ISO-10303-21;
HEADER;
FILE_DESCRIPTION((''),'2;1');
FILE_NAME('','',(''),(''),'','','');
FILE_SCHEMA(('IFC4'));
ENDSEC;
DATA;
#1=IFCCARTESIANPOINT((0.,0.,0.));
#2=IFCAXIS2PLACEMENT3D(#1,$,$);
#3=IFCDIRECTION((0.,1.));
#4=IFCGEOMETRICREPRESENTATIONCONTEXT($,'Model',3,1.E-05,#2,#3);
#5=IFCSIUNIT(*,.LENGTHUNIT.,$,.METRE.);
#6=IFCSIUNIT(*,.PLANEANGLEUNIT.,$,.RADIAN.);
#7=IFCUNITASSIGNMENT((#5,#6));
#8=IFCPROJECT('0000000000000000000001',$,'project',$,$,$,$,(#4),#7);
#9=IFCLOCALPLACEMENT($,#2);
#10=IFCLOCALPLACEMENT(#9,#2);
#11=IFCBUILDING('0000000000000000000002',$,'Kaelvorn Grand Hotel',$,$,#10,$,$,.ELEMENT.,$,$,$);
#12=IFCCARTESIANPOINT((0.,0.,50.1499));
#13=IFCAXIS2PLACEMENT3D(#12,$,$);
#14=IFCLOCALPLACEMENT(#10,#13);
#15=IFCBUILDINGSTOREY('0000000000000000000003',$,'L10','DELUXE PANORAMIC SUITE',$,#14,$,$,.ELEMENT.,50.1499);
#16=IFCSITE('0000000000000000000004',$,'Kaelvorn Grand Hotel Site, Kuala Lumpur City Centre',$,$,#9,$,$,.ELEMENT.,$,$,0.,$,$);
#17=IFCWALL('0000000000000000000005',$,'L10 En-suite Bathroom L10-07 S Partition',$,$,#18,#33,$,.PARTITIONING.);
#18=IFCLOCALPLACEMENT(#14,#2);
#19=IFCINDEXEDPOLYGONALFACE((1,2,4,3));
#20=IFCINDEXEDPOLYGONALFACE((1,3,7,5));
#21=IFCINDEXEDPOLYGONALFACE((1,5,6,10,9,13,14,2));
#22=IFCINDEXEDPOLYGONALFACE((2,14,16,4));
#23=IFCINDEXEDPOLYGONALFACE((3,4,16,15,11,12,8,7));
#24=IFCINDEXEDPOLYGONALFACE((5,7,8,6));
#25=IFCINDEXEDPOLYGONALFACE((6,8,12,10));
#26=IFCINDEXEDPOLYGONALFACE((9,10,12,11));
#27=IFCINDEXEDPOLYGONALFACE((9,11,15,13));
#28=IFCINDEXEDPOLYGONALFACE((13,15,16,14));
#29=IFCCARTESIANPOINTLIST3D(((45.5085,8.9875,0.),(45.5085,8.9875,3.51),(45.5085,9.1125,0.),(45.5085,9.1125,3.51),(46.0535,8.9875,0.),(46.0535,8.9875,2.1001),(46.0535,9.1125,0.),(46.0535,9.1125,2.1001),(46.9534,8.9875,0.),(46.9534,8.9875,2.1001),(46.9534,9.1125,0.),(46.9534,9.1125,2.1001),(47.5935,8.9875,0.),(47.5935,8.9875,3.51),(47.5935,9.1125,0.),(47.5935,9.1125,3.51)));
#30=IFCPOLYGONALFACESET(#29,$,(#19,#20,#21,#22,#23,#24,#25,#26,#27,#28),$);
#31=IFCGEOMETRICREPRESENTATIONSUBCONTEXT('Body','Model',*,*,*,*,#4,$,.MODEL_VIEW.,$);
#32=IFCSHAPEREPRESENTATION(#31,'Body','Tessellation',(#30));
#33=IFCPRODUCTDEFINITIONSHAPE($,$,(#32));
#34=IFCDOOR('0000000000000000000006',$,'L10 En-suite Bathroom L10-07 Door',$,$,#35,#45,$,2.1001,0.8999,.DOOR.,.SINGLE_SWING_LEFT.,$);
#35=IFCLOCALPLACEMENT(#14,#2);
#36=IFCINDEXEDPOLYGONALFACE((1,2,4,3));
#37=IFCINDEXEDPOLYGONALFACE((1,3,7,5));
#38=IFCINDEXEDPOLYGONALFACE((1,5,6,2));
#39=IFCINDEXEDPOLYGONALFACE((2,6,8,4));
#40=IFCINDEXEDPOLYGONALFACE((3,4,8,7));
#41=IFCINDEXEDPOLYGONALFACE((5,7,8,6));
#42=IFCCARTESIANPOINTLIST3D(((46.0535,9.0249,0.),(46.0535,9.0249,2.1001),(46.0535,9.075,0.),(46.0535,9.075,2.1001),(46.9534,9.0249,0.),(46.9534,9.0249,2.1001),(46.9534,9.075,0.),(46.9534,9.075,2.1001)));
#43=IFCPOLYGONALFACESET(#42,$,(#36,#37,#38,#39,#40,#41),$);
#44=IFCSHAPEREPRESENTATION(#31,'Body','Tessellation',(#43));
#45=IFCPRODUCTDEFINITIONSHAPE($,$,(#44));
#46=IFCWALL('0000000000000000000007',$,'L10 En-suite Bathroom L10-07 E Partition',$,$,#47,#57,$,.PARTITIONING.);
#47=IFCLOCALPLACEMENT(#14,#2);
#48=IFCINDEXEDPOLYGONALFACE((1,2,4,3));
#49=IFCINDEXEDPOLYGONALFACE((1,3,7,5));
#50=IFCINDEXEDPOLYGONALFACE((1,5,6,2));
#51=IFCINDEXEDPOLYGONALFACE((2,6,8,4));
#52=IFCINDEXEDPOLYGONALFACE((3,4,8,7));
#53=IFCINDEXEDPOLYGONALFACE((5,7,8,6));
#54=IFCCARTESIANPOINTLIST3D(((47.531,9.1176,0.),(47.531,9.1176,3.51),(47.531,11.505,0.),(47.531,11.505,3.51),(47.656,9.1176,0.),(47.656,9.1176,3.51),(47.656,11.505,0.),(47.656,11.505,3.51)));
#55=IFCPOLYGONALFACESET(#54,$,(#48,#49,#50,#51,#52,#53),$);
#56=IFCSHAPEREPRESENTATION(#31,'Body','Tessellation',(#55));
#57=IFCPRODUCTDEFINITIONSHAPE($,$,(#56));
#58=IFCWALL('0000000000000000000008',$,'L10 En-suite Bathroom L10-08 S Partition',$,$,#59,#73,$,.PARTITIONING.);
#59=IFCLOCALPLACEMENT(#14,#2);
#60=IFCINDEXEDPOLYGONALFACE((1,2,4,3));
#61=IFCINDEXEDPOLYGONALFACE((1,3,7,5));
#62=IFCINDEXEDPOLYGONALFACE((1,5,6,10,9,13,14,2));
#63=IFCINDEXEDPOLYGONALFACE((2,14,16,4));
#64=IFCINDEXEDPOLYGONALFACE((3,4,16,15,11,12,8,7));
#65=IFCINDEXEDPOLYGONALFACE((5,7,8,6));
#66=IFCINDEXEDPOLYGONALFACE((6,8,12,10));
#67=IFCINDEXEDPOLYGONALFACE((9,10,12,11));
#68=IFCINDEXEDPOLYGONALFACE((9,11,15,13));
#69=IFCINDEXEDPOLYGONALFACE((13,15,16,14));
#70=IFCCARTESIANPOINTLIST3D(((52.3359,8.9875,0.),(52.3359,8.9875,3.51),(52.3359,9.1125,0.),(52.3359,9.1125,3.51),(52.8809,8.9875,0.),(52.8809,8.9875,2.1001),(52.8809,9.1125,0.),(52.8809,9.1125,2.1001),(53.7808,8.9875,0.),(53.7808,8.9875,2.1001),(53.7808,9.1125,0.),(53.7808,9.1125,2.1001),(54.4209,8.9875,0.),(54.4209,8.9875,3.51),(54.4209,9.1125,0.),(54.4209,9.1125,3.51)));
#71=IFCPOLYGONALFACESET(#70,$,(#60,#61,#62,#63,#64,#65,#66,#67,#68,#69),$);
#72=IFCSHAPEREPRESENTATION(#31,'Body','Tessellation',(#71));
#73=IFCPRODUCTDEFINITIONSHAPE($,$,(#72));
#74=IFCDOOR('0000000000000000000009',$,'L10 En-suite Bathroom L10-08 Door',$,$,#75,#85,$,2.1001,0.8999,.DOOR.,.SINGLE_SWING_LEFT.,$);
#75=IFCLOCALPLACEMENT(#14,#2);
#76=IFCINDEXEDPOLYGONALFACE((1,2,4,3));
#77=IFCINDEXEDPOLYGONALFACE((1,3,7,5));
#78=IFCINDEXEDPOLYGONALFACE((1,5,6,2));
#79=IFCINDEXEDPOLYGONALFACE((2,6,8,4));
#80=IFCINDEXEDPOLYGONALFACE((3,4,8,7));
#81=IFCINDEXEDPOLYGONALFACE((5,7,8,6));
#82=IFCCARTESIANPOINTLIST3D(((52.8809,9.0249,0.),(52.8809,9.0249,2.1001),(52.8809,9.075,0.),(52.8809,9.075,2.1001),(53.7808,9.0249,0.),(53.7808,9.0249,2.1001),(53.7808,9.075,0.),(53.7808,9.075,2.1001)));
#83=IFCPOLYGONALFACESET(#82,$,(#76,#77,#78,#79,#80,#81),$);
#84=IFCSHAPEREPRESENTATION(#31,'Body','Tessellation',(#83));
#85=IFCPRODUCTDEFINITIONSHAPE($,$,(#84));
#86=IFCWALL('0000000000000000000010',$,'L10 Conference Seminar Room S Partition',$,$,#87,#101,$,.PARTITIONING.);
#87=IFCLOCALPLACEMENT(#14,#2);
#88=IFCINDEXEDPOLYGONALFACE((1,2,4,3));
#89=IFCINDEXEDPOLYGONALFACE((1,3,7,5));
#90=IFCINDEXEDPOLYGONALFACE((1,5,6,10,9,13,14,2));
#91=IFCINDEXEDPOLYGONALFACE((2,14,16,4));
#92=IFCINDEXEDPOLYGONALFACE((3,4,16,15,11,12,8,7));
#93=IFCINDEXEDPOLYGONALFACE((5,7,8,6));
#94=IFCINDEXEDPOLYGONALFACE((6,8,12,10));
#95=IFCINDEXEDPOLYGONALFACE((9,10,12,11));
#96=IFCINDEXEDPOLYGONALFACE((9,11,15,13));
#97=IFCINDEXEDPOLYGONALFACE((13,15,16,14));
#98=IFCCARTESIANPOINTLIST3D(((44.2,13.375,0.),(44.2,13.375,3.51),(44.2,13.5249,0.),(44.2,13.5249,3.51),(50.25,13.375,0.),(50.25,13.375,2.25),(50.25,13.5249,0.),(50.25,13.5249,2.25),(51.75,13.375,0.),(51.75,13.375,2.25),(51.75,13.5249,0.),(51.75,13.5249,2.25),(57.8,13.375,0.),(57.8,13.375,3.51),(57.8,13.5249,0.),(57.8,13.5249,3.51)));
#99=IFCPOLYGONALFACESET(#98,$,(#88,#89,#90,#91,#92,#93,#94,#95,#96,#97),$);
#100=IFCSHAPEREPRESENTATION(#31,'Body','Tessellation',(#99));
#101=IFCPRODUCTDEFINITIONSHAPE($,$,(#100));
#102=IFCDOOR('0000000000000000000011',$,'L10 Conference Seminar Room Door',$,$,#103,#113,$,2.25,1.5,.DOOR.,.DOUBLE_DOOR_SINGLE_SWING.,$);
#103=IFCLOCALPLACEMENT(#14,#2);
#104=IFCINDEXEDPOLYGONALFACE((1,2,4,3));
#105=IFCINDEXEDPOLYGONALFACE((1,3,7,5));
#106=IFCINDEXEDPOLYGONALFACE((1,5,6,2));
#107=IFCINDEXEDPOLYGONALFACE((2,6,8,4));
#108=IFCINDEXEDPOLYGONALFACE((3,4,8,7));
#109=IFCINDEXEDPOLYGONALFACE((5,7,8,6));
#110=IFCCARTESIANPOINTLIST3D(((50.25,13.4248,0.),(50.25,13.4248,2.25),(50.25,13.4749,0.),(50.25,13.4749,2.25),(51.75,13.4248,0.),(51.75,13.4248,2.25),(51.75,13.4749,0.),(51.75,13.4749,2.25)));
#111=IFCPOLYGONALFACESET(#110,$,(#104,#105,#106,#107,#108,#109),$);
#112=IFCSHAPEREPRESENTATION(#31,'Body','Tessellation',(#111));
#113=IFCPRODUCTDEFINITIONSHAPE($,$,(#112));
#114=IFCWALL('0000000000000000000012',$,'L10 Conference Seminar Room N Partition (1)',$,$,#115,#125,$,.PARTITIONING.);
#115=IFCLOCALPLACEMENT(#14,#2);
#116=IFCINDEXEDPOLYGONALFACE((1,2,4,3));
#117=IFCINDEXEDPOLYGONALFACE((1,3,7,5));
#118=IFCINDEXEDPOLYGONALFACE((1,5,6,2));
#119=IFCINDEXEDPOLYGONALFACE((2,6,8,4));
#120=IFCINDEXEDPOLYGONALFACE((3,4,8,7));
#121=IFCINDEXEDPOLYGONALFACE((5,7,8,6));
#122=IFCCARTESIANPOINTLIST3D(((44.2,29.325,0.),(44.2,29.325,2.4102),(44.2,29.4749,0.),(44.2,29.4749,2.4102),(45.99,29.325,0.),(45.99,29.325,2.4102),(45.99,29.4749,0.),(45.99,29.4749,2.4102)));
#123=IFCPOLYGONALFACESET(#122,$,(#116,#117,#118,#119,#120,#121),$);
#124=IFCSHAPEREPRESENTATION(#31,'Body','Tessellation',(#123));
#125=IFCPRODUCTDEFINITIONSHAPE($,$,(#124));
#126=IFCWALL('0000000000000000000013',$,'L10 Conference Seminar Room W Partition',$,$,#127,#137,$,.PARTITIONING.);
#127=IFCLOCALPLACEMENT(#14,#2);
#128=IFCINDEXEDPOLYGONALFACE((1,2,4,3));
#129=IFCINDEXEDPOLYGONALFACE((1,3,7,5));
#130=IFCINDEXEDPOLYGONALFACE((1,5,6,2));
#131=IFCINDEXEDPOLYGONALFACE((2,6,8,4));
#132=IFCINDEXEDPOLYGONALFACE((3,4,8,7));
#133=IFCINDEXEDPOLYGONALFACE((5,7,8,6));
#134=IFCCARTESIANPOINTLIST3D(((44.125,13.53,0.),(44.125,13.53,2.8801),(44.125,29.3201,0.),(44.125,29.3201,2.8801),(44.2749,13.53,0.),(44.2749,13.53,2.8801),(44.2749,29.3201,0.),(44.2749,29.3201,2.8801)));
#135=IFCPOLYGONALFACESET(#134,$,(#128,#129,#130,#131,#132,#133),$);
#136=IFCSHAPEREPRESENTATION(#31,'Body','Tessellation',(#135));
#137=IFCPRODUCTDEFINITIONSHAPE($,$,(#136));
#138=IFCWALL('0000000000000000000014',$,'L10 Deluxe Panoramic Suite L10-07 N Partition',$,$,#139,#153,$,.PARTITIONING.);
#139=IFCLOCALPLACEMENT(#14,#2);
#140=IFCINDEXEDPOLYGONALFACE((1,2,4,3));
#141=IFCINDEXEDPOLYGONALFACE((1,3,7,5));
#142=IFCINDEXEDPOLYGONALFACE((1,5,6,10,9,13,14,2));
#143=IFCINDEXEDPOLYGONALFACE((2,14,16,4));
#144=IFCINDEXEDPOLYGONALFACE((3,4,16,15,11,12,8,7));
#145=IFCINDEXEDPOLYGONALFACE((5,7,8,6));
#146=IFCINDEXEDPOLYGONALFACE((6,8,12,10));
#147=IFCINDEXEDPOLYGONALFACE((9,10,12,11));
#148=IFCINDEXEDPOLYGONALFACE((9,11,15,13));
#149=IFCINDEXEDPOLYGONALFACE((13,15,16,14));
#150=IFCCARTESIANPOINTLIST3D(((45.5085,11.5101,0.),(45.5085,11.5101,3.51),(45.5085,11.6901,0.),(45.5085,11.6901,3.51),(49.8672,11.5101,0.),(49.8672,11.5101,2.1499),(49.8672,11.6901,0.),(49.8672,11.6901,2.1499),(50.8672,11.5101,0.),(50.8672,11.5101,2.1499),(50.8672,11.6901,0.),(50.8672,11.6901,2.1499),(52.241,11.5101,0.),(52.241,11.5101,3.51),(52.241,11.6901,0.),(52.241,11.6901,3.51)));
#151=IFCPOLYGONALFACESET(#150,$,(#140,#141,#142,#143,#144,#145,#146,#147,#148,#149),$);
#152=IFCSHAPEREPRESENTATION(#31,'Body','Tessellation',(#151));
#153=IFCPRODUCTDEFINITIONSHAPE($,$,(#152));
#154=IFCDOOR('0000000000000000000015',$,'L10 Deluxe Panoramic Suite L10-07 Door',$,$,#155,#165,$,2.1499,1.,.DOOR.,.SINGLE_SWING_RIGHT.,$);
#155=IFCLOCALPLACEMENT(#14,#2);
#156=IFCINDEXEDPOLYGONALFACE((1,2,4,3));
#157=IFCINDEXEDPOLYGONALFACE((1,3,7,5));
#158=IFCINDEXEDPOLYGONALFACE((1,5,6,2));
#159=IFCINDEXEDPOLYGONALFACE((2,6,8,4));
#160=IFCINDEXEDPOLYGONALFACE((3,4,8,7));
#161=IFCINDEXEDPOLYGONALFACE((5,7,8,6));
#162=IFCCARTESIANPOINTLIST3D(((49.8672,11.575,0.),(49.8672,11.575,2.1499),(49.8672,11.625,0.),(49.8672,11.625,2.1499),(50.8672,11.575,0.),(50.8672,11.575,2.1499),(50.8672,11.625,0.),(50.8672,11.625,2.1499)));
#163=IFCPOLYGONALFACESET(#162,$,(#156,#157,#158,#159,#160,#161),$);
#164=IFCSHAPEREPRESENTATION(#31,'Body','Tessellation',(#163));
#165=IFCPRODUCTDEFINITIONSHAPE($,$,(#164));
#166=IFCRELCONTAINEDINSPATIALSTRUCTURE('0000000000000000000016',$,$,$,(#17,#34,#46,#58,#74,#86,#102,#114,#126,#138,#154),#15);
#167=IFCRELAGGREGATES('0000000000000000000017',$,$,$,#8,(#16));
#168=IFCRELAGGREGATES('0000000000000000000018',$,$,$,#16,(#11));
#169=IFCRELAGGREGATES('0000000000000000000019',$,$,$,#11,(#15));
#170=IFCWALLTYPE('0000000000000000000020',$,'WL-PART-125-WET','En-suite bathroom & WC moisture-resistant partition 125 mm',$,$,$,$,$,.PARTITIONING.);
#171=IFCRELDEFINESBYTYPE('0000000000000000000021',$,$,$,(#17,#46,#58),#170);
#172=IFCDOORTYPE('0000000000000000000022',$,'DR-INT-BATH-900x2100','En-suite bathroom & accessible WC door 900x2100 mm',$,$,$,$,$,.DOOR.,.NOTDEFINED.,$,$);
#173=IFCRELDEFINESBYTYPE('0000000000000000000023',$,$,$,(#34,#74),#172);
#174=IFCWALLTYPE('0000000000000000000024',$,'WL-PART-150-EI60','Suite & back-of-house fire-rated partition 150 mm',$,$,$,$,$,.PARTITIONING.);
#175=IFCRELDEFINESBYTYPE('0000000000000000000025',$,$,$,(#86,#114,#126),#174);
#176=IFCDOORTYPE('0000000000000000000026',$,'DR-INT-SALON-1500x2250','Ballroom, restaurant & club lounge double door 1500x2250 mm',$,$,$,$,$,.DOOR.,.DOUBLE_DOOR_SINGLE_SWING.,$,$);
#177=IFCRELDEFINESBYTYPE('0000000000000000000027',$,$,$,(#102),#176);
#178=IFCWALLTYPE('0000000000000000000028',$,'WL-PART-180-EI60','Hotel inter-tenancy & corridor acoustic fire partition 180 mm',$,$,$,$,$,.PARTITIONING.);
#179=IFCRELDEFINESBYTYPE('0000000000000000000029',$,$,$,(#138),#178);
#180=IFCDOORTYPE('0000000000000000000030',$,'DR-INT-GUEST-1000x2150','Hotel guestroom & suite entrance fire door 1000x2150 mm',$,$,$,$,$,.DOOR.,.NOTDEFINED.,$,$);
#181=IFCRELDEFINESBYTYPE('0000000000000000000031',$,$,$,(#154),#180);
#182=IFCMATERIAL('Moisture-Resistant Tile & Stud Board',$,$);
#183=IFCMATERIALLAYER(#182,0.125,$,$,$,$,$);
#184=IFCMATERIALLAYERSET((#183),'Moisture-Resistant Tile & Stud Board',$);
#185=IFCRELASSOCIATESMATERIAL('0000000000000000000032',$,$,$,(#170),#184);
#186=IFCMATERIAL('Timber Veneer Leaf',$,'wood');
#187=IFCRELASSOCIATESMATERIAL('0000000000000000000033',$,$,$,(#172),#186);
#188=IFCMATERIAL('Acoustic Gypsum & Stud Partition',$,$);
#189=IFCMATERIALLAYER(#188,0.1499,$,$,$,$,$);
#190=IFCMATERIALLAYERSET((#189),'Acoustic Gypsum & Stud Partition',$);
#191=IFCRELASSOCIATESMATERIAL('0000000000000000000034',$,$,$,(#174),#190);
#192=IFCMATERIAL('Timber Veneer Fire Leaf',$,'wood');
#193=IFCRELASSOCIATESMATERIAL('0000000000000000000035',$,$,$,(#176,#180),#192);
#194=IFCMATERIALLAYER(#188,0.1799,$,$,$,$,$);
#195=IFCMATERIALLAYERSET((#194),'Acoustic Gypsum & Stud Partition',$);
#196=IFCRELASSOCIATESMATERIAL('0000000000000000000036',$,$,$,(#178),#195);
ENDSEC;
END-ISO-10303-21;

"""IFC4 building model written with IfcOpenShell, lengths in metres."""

from ifc_helpers import new_model, si_unit, direction, frame, frame_2d, origin, place, context, subcontext, project, spatial, rectangle, extrude, material, layer, layer_set, type_object, element, fill, save


model = new_model("IFC4")

# Units and contexts
model_context = context("Model", 3, precision=1e-05, world=origin(), true_north=direction((0.0, 1.0)))
body_context = subcontext(model_context, "Body", "Model", "MODEL_VIEW")
ifc_project = project(units=[si_unit("LENGTHUNIT", "METRE"), si_unit("PLANEANGLEUNIT", "RADIAN")], contexts=[model_context])

# Site, building, storey
site_placement = place(None, origin())
site = spatial("IfcSite", under=ifc_project, at=site_placement, Name="Kaelvorn Grand Hotel Site, Kuala Lumpur City Centre", CompositionType="ELEMENT", RefElevation=0.0)
building_placement = place(site_placement, origin())
building = spatial("IfcBuilding", under=site, at=building_placement, Name="Kaelvorn Grand Hotel", CompositionType="ELEMENT")
storey_placement = place(building_placement, frame((0.0, 0.0, 50.1499)))
storey = spatial("IfcBuildingStorey", under=building, at=storey_placement, Name="L10", Description="DELUXE PANORAMIC SUITE", CompositionType="ELEMENT", Elevation=50.1499)

# Shared definitions
ifc_material_1 = material(Name="Moisture-Resistant Tile & Stud Board")
ifc_layer_1 = layer(ifc_material_1, 0.125)
ifc_layer_set_1 = layer_set([ifc_layer_1], Name="Moisture-Resistant Tile & Stud Board")
wall_type_1 = type_object("IfcWallType", Name="WL-PART-125-WET", Description="En-suite bathroom & WC moisture-resistant partition 125 mm", PredefinedType="PARTITIONING", material=ifc_layer_set_1)

# Wall, opening, door
wall_1_placement = place(storey_placement, frame((45.5085, 9.05, 0.0), z_axis=(0.0, 0.0, 1.0), x_axis=(1.0, 0.0, 0.0)))
wall_1 = element("IfcWall", 1, at=wall_1_placement, inside=storey, type_object=wall_type_1, Name="L10 En-suite Bathroom L10-07 S Partition", PredefinedType="PARTITIONING", context=body_context, shape_type="SweptSolid", body=[
    extrude(rectangle(XDim=2.085, YDim=0.125, at=frame_2d((1.0425, 0.0))), origin(), (0.0, 0.0, 1.0), 3.51),
])
opening_1_placement = place(wall_1_placement, frame((0.5449, 0.0, 0.0)))
opening_1 = element("IfcOpeningElement", 2, at=opening_1_placement, cuts=wall_1, PredefinedType="OPENING", context=body_context, shape_type="SweptSolid", body=[
    extrude(rectangle(XDim=0.8999, YDim=2.1001, at=frame_2d((0.45, 1.05))), frame((0.0, 0.0725, 0.0), z_axis=(0.0, -1.0, 0.0), x_axis=(1.0, 0.0, 0.0)), (0.0, 0.0, 1.0), 0.145),
])
ifc_material_2 = material(Name="Timber Veneer Leaf", Category="wood")
door_type_1 = type_object("IfcDoorType", Name="DR-INT-BATH-900x2100", Description="En-suite bathroom & accessible WC door 900x2100 mm", OperationType="NOTDEFINED", PredefinedType="DOOR", material=ifc_material_2)
door_1_placement = place(opening_1_placement, origin())
door_1 = element("IfcDoor", 3, at=door_1_placement, inside=storey, type_object=door_type_1, Name="L10 En-suite Bathroom L10-07 Door", OperationType="SINGLE_SWING_LEFT", OverallHeight=2.1001, OverallWidth=0.8999, PredefinedType="DOOR", context=body_context, shape_type="SweptSolid", body=[
    extrude(rectangle(XDim=0.8999, YDim=2.1001, at=frame_2d((0.45, 1.05))), frame((0.0, 0.0249, 0.0), z_axis=(0.0, -1.0, 0.0), x_axis=(1.0, 0.0, 0.0)), (0.0, 0.0, 1.0), 0.05),
])
fill(opening_1, door_1)

# Wall
wall_2_placement = place(storey_placement, frame((47.5935, 9.1174, 0.0), z_axis=(0.0, 0.0, 1.0), x_axis=(0.0, 1.0, 0.0)))
element("IfcWall", 4, at=wall_2_placement, inside=storey, type_object=wall_type_1, Name="L10 En-suite Bathroom L10-07 E Partition", PredefinedType="PARTITIONING", context=body_context, shape_type="SweptSolid", body=[
    extrude(rectangle(XDim=2.3875, YDim=0.125, at=frame_2d((1.1938, 0.0))), origin(), (0.0, 0.0, 1.0), 3.51),
])

# Walls, openings, doors
wall_3_placement = place(storey_placement, frame((52.3359, 9.05, 0.0), z_axis=(0.0, 0.0, 1.0), x_axis=(1.0, 0.0, 0.0)))
wall_3 = element("IfcWall", 5, at=wall_3_placement, inside=storey, type_object=wall_type_1, Name="L10 En-suite Bathroom L10-08 S Partition", PredefinedType="PARTITIONING", context=body_context, shape_type="SweptSolid", body=[
    extrude(rectangle(XDim=2.085, YDim=0.125, at=frame_2d((1.0425, 0.0))), origin(), (0.0, 0.0, 1.0), 3.51),
])
opening_2_placement = place(wall_3_placement, frame((0.5449, 0.0, 0.0)))
opening_2 = element("IfcOpeningElement", 6, at=opening_2_placement, cuts=wall_3, PredefinedType="OPENING", context=body_context, shape_type="SweptSolid", body=[
    extrude(rectangle(XDim=0.8999, YDim=2.1001, at=frame_2d((0.45, 1.05))), frame((0.0, 0.0725, 0.0), z_axis=(0.0, -1.0, 0.0), x_axis=(1.0, 0.0, 0.0)), (0.0, 0.0, 1.0), 0.145),
])
door_2_placement = place(opening_2_placement, origin())
door_2 = element("IfcDoor", 7, at=door_2_placement, inside=storey, type_object=door_type_1, Name="L10 En-suite Bathroom L10-08 Door", OperationType="SINGLE_SWING_LEFT", OverallHeight=2.1001, OverallWidth=0.8999, PredefinedType="DOOR", context=body_context, shape_type="SweptSolid", body=[
    extrude(rectangle(XDim=0.8999, YDim=2.1001, at=frame_2d((0.45, 1.05))), frame((0.0, 0.0249, 0.0), z_axis=(0.0, -1.0, 0.0), x_axis=(1.0, 0.0, 0.0)), (0.0, 0.0, 1.0), 0.05),
])
fill(opening_2, door_2)
ifc_material_3 = material(Name="Acoustic Gypsum & Stud Partition")
ifc_layer_2 = layer(ifc_material_3, 0.1499)
ifc_layer_set_2 = layer_set([ifc_layer_2], Name="Acoustic Gypsum & Stud Partition")
wall_type_2 = type_object("IfcWallType", Name="WL-PART-150-EI60", Description="Suite & back-of-house fire-rated partition 150 mm", PredefinedType="PARTITIONING", material=ifc_layer_set_2)
wall_4_placement = place(storey_placement, frame((44.2, 13.45, 0.0), z_axis=(0.0, 0.0, 1.0), x_axis=(1.0, 0.0, 0.0)))
wall_4 = element("IfcWall", 8, at=wall_4_placement, inside=storey, type_object=wall_type_2, Name="L10 Conference Seminar Room S Partition", PredefinedType="PARTITIONING", context=body_context, shape_type="SweptSolid", body=[
    extrude(rectangle(XDim=13.6001, YDim=0.1499, at=frame_2d((6.8, 0.0))), origin(), (0.0, 0.0, 1.0), 3.51),
])
opening_3_placement = place(wall_4_placement, frame((6.05, 0.0, 0.0)))
opening_3 = element("IfcOpeningElement", 9, at=opening_3_placement, cuts=wall_4, PredefinedType="OPENING", context=body_context, shape_type="SweptSolid", body=[
    extrude(rectangle(XDim=1.5, YDim=2.25, at=frame_2d((0.75, 1.125))), frame((0.0, 0.085, 0.0), z_axis=(0.0, -1.0, 0.0), x_axis=(1.0, 0.0, 0.0)), (0.0, 0.0, 1.0), 0.1699),
])
ifc_material_4 = material(Name="Timber Veneer Fire Leaf", Category="wood")
door_type_2 = type_object("IfcDoorType", Name="DR-INT-SALON-1500x2250", Description="Ballroom, restaurant & club lounge double door 1500x2250 mm", OperationType="DOUBLE_DOOR_SINGLE_SWING", PredefinedType="DOOR", material=ifc_material_4)
door_3_placement = place(opening_3_placement, origin())
door_3 = element("IfcDoor", 10, at=door_3_placement, inside=storey, type_object=door_type_2, Name="L10 Conference Seminar Room Door", OperationType="DOUBLE_DOOR_SINGLE_SWING", OverallHeight=2.25, OverallWidth=1.5, PredefinedType="DOOR", context=body_context, shape_type="SweptSolid", body=[
    extrude(rectangle(XDim=1.5, YDim=2.25, at=frame_2d((0.75, 1.125))), frame((0.0, 0.0249, 0.0), z_axis=(0.0, -1.0, 0.0), x_axis=(1.0, 0.0, 0.0)), (0.0, 0.0, 1.0), 0.05),
])
fill(opening_3, door_3)

# Walls
wall_5_placement = place(storey_placement, frame((44.2, 29.3999, 0.0), z_axis=(0.0, 0.0, 1.0), x_axis=(1.0, 0.0, 0.0)))
element("IfcWall", 11, at=wall_5_placement, inside=storey, type_object=wall_type_2, Name="L10 Conference Seminar Room N Partition (1)", PredefinedType="PARTITIONING", context=body_context, shape_type="SweptSolid", body=[
    extrude(rectangle(XDim=1.79, YDim=0.1499, at=frame_2d((0.895, 0.0))), origin(), (0.0, 0.0, 1.0), 2.4102),
])
wall_6_placement = place(storey_placement, frame((44.2, 13.53, 0.0), z_axis=(0.0, 0.0, 1.0), x_axis=(0.0, 1.0, 0.0)))
element("IfcWall", 12, at=wall_6_placement, inside=storey, type_object=wall_type_2, Name="L10 Conference Seminar Room W Partition", PredefinedType="PARTITIONING", context=body_context, shape_type="SweptSolid", body=[
    extrude(rectangle(XDim=15.79, YDim=0.1499, at=frame_2d((7.895, 0.0))), origin(), (0.0, 0.0, 1.0), 2.8801),
])

# Wall, opening, door
ifc_layer_3 = layer(ifc_material_3, 0.1799)
ifc_layer_set_3 = layer_set([ifc_layer_3], Name="Acoustic Gypsum & Stud Partition")
wall_type_3 = type_object("IfcWallType", Name="WL-PART-180-EI60", Description="Hotel inter-tenancy & corridor acoustic fire partition 180 mm", PredefinedType="PARTITIONING", material=ifc_layer_set_3)
wall_7_placement = place(storey_placement, frame((45.5085, 11.6001, 0.0), z_axis=(0.0, 0.0, 1.0), x_axis=(1.0, 0.0, 0.0)))
wall_7 = element("IfcWall", 13, at=wall_7_placement, inside=storey, type_object=wall_type_3, Name="L10 Deluxe Panoramic Suite L10-07 N Partition", PredefinedType="PARTITIONING", context=body_context, shape_type="SweptSolid", body=[
    extrude(rectangle(XDim=6.7324, YDim=0.1799, at=frame_2d((3.3662, 0.0))), origin(), (0.0, 0.0, 1.0), 3.51),
])
opening_4_placement = place(wall_7_placement, frame((4.3586, 0.0, 0.0)))
opening_4 = element("IfcOpeningElement", 14, at=opening_4_placement, cuts=wall_7, PredefinedType="OPENING", context=body_context, shape_type="SweptSolid", body=[
    extrude(rectangle(XDim=1.0, YDim=2.1499, at=frame_2d((0.5, 1.075))), frame((0.0, 0.1001, 0.0), z_axis=(0.0, -1.0, 0.0), x_axis=(1.0, 0.0, 0.0)), (0.0, 0.0, 1.0), 0.2),
])
door_type_3 = type_object("IfcDoorType", Name="DR-INT-GUEST-1000x2150", Description="Hotel guestroom & suite entrance fire door 1000x2150 mm", OperationType="NOTDEFINED", PredefinedType="DOOR", material=ifc_material_4)
door_4_placement = place(opening_4_placement, origin())
door_4 = element("IfcDoor", 15, at=door_4_placement, inside=storey, type_object=door_type_3, Name="L10 Deluxe Panoramic Suite L10-07 Door", OperationType="SINGLE_SWING_RIGHT", OverallHeight=2.1499, OverallWidth=1.0, PredefinedType="DOOR", context=body_context, shape_type="SweptSolid", body=[
    extrude(rectangle(XDim=1.0, YDim=2.1499, at=frame_2d((0.5, 1.075))), frame((0.0, 0.0249, 0.0), z_axis=(0.0, -1.0, 0.0), x_axis=(1.0, 0.0, 0.0)), (0.0, 0.0, 1.0), 0.05),
])
fill(opening_4, door_4)

save(model, "model.ifc")
